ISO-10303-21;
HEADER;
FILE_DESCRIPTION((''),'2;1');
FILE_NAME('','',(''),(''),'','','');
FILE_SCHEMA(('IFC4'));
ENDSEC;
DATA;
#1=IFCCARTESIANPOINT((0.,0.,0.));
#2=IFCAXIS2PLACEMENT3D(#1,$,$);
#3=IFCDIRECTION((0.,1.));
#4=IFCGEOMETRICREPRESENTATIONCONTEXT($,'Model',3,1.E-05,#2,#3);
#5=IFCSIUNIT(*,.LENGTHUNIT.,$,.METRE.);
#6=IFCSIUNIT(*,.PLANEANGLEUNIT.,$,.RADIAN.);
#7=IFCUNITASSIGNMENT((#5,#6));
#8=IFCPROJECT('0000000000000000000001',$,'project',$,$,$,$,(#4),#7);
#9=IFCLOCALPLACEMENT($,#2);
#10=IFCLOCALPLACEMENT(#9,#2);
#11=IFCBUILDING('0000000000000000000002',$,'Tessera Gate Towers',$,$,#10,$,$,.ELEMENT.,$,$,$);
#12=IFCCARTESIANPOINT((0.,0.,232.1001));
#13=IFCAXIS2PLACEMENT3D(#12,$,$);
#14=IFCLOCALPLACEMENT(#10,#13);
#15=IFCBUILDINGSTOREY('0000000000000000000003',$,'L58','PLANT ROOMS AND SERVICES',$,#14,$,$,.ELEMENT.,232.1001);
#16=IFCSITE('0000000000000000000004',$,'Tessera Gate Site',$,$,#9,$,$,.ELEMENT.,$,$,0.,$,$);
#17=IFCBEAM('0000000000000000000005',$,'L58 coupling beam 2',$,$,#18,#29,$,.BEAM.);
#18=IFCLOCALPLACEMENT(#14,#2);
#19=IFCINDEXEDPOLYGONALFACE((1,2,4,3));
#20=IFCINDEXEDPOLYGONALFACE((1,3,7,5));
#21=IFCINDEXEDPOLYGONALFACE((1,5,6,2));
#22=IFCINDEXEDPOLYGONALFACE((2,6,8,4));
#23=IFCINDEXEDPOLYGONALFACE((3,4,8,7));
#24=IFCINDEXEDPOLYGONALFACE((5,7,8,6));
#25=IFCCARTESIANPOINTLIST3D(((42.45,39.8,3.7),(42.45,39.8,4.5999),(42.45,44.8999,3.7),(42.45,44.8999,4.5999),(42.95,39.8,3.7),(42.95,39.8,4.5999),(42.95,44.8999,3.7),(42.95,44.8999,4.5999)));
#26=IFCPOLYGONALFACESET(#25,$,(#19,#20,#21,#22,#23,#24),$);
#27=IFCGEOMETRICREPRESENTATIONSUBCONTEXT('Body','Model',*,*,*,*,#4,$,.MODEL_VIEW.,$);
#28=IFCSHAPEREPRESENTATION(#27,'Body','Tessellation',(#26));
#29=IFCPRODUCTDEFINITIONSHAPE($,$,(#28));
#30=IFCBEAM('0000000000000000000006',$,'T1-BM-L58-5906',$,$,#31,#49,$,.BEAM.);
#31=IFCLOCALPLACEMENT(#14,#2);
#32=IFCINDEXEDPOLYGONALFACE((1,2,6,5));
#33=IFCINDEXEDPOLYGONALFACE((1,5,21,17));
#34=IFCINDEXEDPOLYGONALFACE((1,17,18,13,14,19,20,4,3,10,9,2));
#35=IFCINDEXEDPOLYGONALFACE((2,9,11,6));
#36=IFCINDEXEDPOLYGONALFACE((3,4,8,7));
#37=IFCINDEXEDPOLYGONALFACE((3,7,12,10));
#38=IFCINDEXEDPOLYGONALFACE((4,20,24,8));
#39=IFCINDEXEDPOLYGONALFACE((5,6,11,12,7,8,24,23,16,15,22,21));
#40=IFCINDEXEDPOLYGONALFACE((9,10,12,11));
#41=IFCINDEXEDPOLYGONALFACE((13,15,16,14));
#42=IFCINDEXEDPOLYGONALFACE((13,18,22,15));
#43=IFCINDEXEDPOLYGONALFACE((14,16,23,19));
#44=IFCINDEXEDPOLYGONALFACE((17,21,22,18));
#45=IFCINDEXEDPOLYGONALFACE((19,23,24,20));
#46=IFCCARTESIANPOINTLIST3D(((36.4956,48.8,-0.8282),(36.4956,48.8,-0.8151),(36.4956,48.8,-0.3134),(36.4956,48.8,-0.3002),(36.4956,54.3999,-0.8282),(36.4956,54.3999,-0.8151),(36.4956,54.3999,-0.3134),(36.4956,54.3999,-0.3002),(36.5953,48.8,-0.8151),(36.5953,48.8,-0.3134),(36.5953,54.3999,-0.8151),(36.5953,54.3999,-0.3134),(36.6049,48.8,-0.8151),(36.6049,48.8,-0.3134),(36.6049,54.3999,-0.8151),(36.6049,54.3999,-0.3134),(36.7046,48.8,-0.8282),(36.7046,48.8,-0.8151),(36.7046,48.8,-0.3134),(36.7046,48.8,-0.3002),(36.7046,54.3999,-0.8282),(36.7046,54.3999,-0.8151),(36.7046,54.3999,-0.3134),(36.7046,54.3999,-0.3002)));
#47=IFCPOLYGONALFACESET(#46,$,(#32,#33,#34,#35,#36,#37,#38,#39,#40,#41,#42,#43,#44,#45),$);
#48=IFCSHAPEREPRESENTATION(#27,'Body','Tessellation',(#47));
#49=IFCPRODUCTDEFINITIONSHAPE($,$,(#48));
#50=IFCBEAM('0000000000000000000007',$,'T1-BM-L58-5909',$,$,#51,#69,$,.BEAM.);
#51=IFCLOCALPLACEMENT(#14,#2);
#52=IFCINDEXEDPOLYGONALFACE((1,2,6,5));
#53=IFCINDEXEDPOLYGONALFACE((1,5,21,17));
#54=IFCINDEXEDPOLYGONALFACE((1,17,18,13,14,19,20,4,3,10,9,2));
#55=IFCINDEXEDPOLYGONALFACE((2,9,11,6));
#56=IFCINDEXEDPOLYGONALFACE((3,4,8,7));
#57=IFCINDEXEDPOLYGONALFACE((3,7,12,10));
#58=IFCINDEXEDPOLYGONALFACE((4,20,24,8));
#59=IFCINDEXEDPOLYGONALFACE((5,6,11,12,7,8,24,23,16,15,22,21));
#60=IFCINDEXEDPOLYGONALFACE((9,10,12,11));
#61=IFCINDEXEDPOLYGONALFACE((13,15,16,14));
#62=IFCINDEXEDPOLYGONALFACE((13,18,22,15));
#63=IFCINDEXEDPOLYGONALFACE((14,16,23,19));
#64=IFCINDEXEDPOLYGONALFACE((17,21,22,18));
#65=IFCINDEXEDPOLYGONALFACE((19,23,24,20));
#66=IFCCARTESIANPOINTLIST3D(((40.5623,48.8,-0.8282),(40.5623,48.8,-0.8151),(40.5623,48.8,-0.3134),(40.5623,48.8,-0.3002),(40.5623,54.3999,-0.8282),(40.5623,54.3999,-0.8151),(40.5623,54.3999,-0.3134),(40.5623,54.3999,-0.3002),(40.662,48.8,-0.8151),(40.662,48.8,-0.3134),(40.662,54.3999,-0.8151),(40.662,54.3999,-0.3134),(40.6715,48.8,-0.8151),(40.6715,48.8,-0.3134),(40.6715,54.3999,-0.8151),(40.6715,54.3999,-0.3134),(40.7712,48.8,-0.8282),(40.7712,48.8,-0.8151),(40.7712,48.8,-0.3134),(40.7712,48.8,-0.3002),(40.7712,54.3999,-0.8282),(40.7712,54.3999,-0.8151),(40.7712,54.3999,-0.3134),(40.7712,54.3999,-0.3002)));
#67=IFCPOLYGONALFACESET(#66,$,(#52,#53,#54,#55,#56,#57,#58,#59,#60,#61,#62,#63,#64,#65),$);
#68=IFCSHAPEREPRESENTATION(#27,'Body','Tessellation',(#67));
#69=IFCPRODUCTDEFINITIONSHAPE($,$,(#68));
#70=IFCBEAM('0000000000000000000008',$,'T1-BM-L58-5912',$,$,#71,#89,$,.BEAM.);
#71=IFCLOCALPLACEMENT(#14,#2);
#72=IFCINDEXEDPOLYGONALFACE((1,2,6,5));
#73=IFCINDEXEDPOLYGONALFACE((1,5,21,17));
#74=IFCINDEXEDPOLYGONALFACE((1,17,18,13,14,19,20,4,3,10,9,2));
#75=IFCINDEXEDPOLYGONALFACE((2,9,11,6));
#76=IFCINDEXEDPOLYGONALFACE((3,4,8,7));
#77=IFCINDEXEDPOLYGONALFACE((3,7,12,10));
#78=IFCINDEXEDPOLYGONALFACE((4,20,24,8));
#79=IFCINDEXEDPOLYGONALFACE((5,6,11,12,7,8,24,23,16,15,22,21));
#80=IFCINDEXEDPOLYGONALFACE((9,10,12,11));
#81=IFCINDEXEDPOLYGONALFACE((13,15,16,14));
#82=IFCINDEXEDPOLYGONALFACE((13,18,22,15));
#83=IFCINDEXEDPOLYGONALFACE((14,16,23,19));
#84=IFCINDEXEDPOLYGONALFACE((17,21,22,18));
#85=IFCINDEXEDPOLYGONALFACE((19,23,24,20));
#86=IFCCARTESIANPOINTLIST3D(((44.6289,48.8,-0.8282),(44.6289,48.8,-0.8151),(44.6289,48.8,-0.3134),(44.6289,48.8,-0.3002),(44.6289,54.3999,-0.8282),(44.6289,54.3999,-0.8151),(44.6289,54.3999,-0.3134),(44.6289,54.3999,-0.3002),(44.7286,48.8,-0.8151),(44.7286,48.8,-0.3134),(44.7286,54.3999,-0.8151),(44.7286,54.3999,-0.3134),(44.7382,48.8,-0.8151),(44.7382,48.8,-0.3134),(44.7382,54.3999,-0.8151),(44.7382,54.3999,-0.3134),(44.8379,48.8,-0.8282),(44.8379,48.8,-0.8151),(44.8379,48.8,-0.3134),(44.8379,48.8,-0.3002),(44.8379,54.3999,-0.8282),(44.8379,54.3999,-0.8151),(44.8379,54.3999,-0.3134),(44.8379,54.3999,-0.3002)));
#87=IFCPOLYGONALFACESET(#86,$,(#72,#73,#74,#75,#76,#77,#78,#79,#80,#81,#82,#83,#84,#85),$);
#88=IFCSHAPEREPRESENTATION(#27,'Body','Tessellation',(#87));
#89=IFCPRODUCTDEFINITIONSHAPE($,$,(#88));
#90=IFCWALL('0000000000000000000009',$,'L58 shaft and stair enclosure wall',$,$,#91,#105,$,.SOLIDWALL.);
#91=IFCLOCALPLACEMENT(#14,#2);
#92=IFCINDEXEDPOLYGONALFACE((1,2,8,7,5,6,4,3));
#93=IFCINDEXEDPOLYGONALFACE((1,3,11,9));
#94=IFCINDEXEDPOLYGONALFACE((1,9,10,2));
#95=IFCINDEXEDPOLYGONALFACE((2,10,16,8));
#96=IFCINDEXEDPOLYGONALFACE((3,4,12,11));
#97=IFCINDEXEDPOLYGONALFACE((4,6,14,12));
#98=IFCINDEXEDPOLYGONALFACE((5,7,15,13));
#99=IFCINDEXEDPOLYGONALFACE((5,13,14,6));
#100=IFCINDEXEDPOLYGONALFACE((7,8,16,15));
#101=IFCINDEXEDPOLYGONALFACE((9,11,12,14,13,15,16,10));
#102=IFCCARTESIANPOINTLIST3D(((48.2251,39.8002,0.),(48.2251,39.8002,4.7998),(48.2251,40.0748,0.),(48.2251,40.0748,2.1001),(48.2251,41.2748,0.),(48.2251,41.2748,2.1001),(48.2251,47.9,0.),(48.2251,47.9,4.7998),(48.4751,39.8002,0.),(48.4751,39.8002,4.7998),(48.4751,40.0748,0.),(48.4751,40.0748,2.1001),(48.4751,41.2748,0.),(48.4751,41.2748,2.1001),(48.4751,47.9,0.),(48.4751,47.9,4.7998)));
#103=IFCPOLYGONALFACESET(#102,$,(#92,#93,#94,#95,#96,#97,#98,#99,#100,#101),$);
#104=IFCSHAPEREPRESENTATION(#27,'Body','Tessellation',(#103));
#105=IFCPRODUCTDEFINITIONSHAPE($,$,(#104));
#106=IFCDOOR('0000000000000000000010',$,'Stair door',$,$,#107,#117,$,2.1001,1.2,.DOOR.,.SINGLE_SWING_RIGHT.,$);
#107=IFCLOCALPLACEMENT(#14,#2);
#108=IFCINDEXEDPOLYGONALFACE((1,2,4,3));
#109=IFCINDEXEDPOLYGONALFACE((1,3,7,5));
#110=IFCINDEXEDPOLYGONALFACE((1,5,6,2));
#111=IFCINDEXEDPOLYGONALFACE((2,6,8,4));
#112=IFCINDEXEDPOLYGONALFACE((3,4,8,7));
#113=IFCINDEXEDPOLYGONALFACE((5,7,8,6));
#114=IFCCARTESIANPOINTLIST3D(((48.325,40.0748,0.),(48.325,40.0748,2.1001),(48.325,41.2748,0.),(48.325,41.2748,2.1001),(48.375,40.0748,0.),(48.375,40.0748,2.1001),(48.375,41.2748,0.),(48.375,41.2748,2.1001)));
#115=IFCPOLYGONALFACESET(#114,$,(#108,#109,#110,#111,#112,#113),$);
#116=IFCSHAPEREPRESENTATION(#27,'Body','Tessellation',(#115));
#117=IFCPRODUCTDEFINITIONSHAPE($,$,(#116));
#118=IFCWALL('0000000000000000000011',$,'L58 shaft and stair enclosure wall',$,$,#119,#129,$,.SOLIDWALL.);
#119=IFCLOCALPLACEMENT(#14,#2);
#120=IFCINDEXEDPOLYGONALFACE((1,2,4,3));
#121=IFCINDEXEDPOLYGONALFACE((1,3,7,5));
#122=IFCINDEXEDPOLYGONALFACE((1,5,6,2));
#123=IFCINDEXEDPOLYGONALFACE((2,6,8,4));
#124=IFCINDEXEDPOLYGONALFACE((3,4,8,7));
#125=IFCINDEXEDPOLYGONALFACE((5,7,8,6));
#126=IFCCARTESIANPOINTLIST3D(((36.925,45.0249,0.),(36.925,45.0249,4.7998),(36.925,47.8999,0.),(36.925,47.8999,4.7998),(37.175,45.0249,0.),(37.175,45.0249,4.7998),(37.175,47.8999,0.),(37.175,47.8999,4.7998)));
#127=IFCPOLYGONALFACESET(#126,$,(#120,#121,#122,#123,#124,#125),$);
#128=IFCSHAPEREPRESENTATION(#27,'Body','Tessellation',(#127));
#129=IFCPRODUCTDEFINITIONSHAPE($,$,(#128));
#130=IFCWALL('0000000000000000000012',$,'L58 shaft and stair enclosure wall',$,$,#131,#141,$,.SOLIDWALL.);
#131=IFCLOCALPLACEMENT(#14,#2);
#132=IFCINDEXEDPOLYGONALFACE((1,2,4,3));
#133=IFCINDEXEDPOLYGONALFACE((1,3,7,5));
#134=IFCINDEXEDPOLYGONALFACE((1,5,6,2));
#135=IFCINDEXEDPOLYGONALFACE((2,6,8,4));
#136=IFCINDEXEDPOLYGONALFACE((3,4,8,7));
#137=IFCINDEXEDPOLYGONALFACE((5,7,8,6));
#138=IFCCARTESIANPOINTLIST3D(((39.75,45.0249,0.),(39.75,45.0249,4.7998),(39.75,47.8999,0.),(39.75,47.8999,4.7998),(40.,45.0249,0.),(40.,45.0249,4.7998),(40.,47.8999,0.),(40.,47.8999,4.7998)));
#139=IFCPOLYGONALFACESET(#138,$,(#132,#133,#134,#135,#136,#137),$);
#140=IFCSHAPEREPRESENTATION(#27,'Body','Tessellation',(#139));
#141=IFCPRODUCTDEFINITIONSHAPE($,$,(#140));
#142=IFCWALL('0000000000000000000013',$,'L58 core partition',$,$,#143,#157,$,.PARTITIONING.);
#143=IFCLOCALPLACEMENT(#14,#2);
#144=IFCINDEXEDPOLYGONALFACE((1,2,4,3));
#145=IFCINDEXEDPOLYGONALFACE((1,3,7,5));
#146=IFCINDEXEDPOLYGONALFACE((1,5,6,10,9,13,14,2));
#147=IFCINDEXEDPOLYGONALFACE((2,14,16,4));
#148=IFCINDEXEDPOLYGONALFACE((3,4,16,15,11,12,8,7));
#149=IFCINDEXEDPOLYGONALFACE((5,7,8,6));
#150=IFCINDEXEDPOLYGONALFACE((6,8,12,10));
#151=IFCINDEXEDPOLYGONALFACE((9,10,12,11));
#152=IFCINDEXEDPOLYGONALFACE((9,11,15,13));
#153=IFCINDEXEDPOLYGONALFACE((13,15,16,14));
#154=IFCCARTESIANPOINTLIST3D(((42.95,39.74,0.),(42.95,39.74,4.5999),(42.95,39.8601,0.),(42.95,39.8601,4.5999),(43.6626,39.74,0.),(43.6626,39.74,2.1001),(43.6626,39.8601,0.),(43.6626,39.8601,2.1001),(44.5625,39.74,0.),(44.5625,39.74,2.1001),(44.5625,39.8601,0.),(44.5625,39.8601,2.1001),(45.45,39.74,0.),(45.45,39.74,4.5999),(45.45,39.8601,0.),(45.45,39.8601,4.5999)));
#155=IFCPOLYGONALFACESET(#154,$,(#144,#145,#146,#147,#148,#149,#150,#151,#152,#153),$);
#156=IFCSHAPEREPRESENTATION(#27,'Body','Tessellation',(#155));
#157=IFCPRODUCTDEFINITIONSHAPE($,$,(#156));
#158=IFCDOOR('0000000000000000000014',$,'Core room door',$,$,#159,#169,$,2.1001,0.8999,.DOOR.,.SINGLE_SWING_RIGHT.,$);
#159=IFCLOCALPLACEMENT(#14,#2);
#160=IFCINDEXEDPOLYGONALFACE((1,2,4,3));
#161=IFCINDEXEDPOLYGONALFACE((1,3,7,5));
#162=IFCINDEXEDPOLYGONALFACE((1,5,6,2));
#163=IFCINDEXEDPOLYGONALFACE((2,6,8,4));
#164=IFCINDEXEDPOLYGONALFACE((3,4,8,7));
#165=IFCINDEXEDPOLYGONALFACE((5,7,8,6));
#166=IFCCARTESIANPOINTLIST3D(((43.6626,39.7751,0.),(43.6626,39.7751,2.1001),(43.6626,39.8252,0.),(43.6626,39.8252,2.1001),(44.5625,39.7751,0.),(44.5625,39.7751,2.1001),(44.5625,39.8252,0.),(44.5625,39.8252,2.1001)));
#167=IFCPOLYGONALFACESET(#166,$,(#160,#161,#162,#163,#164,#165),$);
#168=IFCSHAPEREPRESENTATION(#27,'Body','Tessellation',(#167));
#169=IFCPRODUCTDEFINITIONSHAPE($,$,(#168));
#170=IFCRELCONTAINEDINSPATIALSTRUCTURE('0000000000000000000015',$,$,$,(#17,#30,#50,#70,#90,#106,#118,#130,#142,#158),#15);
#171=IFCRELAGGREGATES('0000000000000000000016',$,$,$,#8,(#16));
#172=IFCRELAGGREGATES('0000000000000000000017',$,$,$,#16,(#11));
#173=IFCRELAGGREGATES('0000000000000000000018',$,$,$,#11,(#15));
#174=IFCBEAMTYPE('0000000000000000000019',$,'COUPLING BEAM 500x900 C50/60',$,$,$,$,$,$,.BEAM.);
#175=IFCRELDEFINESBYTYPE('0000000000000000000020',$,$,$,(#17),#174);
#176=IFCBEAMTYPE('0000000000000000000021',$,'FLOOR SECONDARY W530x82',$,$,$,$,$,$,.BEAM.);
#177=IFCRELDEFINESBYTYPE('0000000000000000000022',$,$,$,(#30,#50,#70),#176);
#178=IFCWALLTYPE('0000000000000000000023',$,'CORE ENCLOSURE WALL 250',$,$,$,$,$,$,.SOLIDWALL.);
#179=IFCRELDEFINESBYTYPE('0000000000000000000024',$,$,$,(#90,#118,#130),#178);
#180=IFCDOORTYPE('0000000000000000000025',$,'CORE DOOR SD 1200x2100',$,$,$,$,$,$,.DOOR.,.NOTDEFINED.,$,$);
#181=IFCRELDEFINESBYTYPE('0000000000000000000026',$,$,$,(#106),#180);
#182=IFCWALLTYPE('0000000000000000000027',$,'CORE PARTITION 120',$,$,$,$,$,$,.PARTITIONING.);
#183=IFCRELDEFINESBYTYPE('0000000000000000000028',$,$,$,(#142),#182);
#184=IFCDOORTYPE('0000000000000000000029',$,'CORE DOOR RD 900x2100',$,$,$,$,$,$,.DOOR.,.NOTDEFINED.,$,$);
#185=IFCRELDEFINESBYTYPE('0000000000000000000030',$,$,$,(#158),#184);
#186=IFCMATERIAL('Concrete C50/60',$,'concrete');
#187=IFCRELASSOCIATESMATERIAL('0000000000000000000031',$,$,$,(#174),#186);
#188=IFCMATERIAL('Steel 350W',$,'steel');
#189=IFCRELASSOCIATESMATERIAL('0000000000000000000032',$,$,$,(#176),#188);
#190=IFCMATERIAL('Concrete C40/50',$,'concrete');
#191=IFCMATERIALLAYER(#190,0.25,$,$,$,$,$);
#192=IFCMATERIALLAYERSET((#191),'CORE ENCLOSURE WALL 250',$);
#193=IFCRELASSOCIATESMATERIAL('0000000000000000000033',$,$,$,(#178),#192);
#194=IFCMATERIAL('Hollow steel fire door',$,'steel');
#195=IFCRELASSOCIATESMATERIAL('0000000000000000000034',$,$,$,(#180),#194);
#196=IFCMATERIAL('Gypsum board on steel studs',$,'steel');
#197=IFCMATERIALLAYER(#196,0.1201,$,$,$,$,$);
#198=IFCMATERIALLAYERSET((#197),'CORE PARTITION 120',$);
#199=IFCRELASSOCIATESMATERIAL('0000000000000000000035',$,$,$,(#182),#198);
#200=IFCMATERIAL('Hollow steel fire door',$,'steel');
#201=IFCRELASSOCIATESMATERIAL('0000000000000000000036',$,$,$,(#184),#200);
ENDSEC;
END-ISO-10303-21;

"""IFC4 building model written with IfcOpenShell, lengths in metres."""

from ifc_helpers import new_model, si_unit, direction, frame, frame_2d, origin, origin_2d, place, context, subcontext, project, spatial, rectangle, i_section, extrude, source, transform, mapped, material, layer, layer_set, material_profile, profile_set, type_object, element, fill, save


model = new_model("IFC4")

# Units and contexts
model_context = context("Model", 3, precision=1e-05, world=origin(), true_north=direction((0.0, 1.0)))
body_context = subcontext(model_context, "Body", "Model", "MODEL_VIEW")
ifc_project = project(units=[si_unit("LENGTHUNIT", "METRE"), si_unit("PLANEANGLEUNIT", "RADIAN")], contexts=[model_context])

# Site, building, storey
site_placement = place(None, origin())
site = spatial("IfcSite", under=ifc_project, at=site_placement, Name="Tessera Gate Site", CompositionType="ELEMENT", RefElevation=0.0)
building_placement = place(site_placement, origin())
building = spatial("IfcBuilding", under=site, at=building_placement, Name="Tessera Gate Towers", CompositionType="ELEMENT")
storey_placement = place(building_placement, frame((0.0, 0.0, 232.1001)))
storey = spatial("IfcBuildingStorey", under=building, at=storey_placement, Name="L58", Description="PLANT ROOMS AND SERVICES", CompositionType="ELEMENT", Elevation=232.1001)

# Beams
ifc_material_1 = material(Name="Concrete C50/60", Category="concrete")
ifc_material_profile_1 = material_profile(ifc_material_1, rectangle(XDim=0.5, YDim=0.8999, at=origin_2d()), Name="RC 500x900")
ifc_profile_set_1 = profile_set([ifc_material_profile_1], Name="Concrete C50/60")
beam_type_1 = type_object("IfcBeamType", Name="COUPLING BEAM 500x900 C50/60", PredefinedType="BEAM", material=ifc_profile_set_1)
beam_placement = place(storey_placement, frame((42.7, 39.8, 4.1499), z_axis=(0.0, 1.0, 0.0), x_axis=(-1.0, 0.0, 0.0)))
element("IfcBeam", 1, at=beam_placement, inside=storey, type_object=beam_type_1, Name="L58 coupling beam 2", PredefinedType="BEAM", context=body_context, shape_type="SweptSolid", body=[
    extrude(rectangle(XDim=0.5, YDim=0.8999, at=origin_2d()), origin(), (0.0, 0.0, 1.0), 5.0999),
])
ifc_material_2 = material(Name="Steel 350W", Category="steel")
ifc_material_profile_2 = material_profile(ifc_material_2, i_section(OverallWidth=0.209, OverallDepth=0.5281, WebThickness=0.0095, FlangeThickness=0.0132, at=origin_2d()), Name="W530x82")
ifc_profile_set_2 = profile_set([ifc_material_profile_2], Name="Steel 350W")
beam_type_2 = type_object("IfcBeamType", Name="FLOOR SECONDARY W530x82", PredefinedType="BEAM", material=ifc_profile_set_2)
for number, where, z_axis, x_axis, name in (
    (2, (36.6001, 48.8, -0.5642), (0.0, 1.0, 0.0), (-1.0, 0.0, 0.0), "T1-BM-L58-5906"),
    (3, (40.6667, 48.8, -0.5642), (0.0, 1.0, 0.0), (-1.0, 0.0, 0.0), "T1-BM-L58-5909"),
    (4, (44.7334, 48.8, -0.5642), (0.0, 1.0, 0.0), (-1.0, 0.0, 0.0), "T1-BM-L58-5912"),
):
    element("IfcBeam", number, at=place(storey_placement, frame(where, z_axis=z_axis, x_axis=x_axis)), inside=storey, type_object=beam_type_2, Name=name, PredefinedType="BEAM", context=body_context, shape_type="SweptSolid", body=[
        extrude(i_section(OverallWidth=0.209, OverallDepth=0.5281, WebThickness=0.0095, FlangeThickness=0.0132, at=origin_2d()), origin(), (0.0, 0.0, 1.0), 5.5999),
    ])

# Wall, opening, door
ifc_material_3 = material(Name="Concrete C40/50", Category="concrete")
ifc_layer_1 = layer(ifc_material_3, 0.25)
ifc_layer_set_1 = layer_set([ifc_layer_1], Name="CORE ENCLOSURE WALL 250")
wall_type_1 = type_object("IfcWallType", Name="CORE ENCLOSURE WALL 250", PredefinedType="SOLIDWALL", material=ifc_layer_set_1)
wall_1_placement = place(storey_placement, frame((48.3501, 47.8999, 0.0), z_axis=(0.0, 0.0, 1.0), x_axis=(0.0, -1.0, 0.0)))
wall_1 = element("IfcWall", 5, at=wall_1_placement, inside=storey, type_object=wall_type_1, Name="L58 shaft and stair enclosure wall", PredefinedType="SOLIDWALL", context=body_context, shape_type="SweptSolid", body=[
    extrude(rectangle(XDim=8.0999, YDim=0.25, at=frame_2d((4.0498, 0.0))), origin(), (0.0, 0.0, 1.0), 4.7998),
])
shared_shape_1 = source(origin(), body_context, "Body", "SweptSolid", [
    extrude(rectangle(XDim=1.2, YDim=2.1001, at=frame_2d((0.6001, 1.05))), frame((0.0, 0.135, 0.0), z_axis=(0.0, -1.0, 0.0), x_axis=(1.0, 0.0, 0.0)), (0.0, 0.0, 1.0), 0.27),
])
opening_1_placement = place(wall_1_placement, frame((6.625, 0.0, 0.0)))
opening_1 = element("IfcOpeningElement", 6, at=opening_1_placement, cuts=wall_1, PredefinedType="OPENING", context=body_context, shape_type="MappedRepresentation", body=[
    mapped(shared_shape_1, transform((0.0, 0.0, 0.0), scale=1.0)),
])
ifc_material_4 = material(Name="Hollow steel fire door", Category="steel")
door_type_1 = type_object("IfcDoorType", Name="CORE DOOR SD 1200x2100", OperationType="NOTDEFINED", PredefinedType="DOOR", material=ifc_material_4)
shared_shape_2 = source(origin(), body_context, "Body", "SweptSolid", [
    extrude(rectangle(XDim=1.2, YDim=2.1001, at=frame_2d((0.6001, 1.05))), frame((0.0, 0.0249, 0.0), z_axis=(0.0, -1.0, 0.0), x_axis=(1.0, 0.0, 0.0)), (0.0, 0.0, 1.0), 0.05),
])
door_1_placement = place(opening_1_placement, origin())
door_1 = element("IfcDoor", 7, at=door_1_placement, inside=storey, type_object=door_type_1, Name="Stair door", OperationType="SINGLE_SWING_RIGHT", OverallHeight=2.1001, OverallWidth=1.2, PredefinedType="DOOR", context=body_context, shape_type="MappedRepresentation", body=[
    mapped(shared_shape_2, transform((0.0, 0.0, 0.0), scale=1.0)),
])
fill(opening_1, door_1)

# Walls
for number, where, z_axis, x_axis, name in (
    (8, (37.05, 45.0249, 0.0), (0.0, 0.0, 1.0), (0.0, 1.0, 0.0), "L58 shaft and stair enclosure wall"),
    (9, (39.875, 45.0249, 0.0), (0.0, 0.0, 1.0), (0.0, 1.0, 0.0), "L58 shaft and stair enclosure wall"),
):
    element("IfcWall", number, at=place(storey_placement, frame(where, z_axis=z_axis, x_axis=x_axis)), inside=storey, type_object=wall_type_1, Name=name, PredefinedType="SOLIDWALL", context=body_context, shape_type="SweptSolid", body=[
        extrude(rectangle(XDim=2.875, YDim=0.25, at=frame_2d((1.4375, 0.0))), origin(), (0.0, 0.0, 1.0), 4.7998),
    ])

# Wall, opening, door
ifc_material_5 = material(Name="Gypsum board on steel studs", Category="steel")
ifc_layer_2 = layer(ifc_material_5, 0.1201)
ifc_layer_set_2 = layer_set([ifc_layer_2], Name="CORE PARTITION 120")
wall_type_2 = type_object("IfcWallType", Name="CORE PARTITION 120", PredefinedType="PARTITIONING", material=ifc_layer_set_2)
wall_2_placement = place(storey_placement, frame((45.45, 39.8, 0.0), z_axis=(0.0, 0.0, 1.0), x_axis=(-1.0, 0.0, 0.0)))
wall_2 = element("IfcWall", 10, at=wall_2_placement, inside=storey, type_object=wall_type_2, Name="L58 core partition", PredefinedType="PARTITIONING", context=body_context, shape_type="SweptSolid", body=[
    extrude(rectangle(XDim=2.5, YDim=0.1201, at=frame_2d((1.25, 0.0))), origin(), (0.0, 0.0, 1.0), 4.5999),
])
shared_shape_3 = source(origin(), body_context, "Body", "SweptSolid", [
    extrude(rectangle(XDim=0.8999, YDim=2.1001, at=frame_2d((0.45, 1.05))), frame((0.0, 0.0701, 0.0), z_axis=(0.0, -1.0, 0.0), x_axis=(1.0, 0.0, 0.0)), (0.0, 0.0, 1.0), 0.1401),
])
opening_2_placement = place(wall_2_placement, frame((0.8875, 0.0, 0.0)))
opening_2 = element("IfcOpeningElement", 11, at=opening_2_placement, cuts=wall_2, PredefinedType="OPENING", context=body_context, shape_type="MappedRepresentation", body=[
    mapped(shared_shape_3, transform((0.0, 0.0, 0.0), scale=1.0)),
])
ifc_material_6 = material(Name="Hollow steel fire door", Category="steel")
door_type_2 = type_object("IfcDoorType", Name="CORE DOOR RD 900x2100", OperationType="NOTDEFINED", PredefinedType="DOOR", material=ifc_material_6)
shared_shape_4 = source(origin(), body_context, "Body", "SweptSolid", [
    extrude(rectangle(XDim=0.8999, YDim=2.1001, at=frame_2d((0.45, 1.05))), frame((0.0, 0.0249, 0.0), z_axis=(0.0, -1.0, 0.0), x_axis=(1.0, 0.0, 0.0)), (0.0, 0.0, 1.0), 0.05),
])
door_2_placement = place(opening_2_placement, origin())
door_2 = element("IfcDoor", 12, at=door_2_placement, inside=storey, type_object=door_type_2, Name="Core room door", OperationType="SINGLE_SWING_RIGHT", OverallHeight=2.1001, OverallWidth=0.8999, PredefinedType="DOOR", context=body_context, shape_type="MappedRepresentation", body=[
    mapped(shared_shape_4, transform((0.0, 0.0, 0.0), scale=1.0)),
])
fill(opening_2, door_2)

save(model, "model.ifc")
